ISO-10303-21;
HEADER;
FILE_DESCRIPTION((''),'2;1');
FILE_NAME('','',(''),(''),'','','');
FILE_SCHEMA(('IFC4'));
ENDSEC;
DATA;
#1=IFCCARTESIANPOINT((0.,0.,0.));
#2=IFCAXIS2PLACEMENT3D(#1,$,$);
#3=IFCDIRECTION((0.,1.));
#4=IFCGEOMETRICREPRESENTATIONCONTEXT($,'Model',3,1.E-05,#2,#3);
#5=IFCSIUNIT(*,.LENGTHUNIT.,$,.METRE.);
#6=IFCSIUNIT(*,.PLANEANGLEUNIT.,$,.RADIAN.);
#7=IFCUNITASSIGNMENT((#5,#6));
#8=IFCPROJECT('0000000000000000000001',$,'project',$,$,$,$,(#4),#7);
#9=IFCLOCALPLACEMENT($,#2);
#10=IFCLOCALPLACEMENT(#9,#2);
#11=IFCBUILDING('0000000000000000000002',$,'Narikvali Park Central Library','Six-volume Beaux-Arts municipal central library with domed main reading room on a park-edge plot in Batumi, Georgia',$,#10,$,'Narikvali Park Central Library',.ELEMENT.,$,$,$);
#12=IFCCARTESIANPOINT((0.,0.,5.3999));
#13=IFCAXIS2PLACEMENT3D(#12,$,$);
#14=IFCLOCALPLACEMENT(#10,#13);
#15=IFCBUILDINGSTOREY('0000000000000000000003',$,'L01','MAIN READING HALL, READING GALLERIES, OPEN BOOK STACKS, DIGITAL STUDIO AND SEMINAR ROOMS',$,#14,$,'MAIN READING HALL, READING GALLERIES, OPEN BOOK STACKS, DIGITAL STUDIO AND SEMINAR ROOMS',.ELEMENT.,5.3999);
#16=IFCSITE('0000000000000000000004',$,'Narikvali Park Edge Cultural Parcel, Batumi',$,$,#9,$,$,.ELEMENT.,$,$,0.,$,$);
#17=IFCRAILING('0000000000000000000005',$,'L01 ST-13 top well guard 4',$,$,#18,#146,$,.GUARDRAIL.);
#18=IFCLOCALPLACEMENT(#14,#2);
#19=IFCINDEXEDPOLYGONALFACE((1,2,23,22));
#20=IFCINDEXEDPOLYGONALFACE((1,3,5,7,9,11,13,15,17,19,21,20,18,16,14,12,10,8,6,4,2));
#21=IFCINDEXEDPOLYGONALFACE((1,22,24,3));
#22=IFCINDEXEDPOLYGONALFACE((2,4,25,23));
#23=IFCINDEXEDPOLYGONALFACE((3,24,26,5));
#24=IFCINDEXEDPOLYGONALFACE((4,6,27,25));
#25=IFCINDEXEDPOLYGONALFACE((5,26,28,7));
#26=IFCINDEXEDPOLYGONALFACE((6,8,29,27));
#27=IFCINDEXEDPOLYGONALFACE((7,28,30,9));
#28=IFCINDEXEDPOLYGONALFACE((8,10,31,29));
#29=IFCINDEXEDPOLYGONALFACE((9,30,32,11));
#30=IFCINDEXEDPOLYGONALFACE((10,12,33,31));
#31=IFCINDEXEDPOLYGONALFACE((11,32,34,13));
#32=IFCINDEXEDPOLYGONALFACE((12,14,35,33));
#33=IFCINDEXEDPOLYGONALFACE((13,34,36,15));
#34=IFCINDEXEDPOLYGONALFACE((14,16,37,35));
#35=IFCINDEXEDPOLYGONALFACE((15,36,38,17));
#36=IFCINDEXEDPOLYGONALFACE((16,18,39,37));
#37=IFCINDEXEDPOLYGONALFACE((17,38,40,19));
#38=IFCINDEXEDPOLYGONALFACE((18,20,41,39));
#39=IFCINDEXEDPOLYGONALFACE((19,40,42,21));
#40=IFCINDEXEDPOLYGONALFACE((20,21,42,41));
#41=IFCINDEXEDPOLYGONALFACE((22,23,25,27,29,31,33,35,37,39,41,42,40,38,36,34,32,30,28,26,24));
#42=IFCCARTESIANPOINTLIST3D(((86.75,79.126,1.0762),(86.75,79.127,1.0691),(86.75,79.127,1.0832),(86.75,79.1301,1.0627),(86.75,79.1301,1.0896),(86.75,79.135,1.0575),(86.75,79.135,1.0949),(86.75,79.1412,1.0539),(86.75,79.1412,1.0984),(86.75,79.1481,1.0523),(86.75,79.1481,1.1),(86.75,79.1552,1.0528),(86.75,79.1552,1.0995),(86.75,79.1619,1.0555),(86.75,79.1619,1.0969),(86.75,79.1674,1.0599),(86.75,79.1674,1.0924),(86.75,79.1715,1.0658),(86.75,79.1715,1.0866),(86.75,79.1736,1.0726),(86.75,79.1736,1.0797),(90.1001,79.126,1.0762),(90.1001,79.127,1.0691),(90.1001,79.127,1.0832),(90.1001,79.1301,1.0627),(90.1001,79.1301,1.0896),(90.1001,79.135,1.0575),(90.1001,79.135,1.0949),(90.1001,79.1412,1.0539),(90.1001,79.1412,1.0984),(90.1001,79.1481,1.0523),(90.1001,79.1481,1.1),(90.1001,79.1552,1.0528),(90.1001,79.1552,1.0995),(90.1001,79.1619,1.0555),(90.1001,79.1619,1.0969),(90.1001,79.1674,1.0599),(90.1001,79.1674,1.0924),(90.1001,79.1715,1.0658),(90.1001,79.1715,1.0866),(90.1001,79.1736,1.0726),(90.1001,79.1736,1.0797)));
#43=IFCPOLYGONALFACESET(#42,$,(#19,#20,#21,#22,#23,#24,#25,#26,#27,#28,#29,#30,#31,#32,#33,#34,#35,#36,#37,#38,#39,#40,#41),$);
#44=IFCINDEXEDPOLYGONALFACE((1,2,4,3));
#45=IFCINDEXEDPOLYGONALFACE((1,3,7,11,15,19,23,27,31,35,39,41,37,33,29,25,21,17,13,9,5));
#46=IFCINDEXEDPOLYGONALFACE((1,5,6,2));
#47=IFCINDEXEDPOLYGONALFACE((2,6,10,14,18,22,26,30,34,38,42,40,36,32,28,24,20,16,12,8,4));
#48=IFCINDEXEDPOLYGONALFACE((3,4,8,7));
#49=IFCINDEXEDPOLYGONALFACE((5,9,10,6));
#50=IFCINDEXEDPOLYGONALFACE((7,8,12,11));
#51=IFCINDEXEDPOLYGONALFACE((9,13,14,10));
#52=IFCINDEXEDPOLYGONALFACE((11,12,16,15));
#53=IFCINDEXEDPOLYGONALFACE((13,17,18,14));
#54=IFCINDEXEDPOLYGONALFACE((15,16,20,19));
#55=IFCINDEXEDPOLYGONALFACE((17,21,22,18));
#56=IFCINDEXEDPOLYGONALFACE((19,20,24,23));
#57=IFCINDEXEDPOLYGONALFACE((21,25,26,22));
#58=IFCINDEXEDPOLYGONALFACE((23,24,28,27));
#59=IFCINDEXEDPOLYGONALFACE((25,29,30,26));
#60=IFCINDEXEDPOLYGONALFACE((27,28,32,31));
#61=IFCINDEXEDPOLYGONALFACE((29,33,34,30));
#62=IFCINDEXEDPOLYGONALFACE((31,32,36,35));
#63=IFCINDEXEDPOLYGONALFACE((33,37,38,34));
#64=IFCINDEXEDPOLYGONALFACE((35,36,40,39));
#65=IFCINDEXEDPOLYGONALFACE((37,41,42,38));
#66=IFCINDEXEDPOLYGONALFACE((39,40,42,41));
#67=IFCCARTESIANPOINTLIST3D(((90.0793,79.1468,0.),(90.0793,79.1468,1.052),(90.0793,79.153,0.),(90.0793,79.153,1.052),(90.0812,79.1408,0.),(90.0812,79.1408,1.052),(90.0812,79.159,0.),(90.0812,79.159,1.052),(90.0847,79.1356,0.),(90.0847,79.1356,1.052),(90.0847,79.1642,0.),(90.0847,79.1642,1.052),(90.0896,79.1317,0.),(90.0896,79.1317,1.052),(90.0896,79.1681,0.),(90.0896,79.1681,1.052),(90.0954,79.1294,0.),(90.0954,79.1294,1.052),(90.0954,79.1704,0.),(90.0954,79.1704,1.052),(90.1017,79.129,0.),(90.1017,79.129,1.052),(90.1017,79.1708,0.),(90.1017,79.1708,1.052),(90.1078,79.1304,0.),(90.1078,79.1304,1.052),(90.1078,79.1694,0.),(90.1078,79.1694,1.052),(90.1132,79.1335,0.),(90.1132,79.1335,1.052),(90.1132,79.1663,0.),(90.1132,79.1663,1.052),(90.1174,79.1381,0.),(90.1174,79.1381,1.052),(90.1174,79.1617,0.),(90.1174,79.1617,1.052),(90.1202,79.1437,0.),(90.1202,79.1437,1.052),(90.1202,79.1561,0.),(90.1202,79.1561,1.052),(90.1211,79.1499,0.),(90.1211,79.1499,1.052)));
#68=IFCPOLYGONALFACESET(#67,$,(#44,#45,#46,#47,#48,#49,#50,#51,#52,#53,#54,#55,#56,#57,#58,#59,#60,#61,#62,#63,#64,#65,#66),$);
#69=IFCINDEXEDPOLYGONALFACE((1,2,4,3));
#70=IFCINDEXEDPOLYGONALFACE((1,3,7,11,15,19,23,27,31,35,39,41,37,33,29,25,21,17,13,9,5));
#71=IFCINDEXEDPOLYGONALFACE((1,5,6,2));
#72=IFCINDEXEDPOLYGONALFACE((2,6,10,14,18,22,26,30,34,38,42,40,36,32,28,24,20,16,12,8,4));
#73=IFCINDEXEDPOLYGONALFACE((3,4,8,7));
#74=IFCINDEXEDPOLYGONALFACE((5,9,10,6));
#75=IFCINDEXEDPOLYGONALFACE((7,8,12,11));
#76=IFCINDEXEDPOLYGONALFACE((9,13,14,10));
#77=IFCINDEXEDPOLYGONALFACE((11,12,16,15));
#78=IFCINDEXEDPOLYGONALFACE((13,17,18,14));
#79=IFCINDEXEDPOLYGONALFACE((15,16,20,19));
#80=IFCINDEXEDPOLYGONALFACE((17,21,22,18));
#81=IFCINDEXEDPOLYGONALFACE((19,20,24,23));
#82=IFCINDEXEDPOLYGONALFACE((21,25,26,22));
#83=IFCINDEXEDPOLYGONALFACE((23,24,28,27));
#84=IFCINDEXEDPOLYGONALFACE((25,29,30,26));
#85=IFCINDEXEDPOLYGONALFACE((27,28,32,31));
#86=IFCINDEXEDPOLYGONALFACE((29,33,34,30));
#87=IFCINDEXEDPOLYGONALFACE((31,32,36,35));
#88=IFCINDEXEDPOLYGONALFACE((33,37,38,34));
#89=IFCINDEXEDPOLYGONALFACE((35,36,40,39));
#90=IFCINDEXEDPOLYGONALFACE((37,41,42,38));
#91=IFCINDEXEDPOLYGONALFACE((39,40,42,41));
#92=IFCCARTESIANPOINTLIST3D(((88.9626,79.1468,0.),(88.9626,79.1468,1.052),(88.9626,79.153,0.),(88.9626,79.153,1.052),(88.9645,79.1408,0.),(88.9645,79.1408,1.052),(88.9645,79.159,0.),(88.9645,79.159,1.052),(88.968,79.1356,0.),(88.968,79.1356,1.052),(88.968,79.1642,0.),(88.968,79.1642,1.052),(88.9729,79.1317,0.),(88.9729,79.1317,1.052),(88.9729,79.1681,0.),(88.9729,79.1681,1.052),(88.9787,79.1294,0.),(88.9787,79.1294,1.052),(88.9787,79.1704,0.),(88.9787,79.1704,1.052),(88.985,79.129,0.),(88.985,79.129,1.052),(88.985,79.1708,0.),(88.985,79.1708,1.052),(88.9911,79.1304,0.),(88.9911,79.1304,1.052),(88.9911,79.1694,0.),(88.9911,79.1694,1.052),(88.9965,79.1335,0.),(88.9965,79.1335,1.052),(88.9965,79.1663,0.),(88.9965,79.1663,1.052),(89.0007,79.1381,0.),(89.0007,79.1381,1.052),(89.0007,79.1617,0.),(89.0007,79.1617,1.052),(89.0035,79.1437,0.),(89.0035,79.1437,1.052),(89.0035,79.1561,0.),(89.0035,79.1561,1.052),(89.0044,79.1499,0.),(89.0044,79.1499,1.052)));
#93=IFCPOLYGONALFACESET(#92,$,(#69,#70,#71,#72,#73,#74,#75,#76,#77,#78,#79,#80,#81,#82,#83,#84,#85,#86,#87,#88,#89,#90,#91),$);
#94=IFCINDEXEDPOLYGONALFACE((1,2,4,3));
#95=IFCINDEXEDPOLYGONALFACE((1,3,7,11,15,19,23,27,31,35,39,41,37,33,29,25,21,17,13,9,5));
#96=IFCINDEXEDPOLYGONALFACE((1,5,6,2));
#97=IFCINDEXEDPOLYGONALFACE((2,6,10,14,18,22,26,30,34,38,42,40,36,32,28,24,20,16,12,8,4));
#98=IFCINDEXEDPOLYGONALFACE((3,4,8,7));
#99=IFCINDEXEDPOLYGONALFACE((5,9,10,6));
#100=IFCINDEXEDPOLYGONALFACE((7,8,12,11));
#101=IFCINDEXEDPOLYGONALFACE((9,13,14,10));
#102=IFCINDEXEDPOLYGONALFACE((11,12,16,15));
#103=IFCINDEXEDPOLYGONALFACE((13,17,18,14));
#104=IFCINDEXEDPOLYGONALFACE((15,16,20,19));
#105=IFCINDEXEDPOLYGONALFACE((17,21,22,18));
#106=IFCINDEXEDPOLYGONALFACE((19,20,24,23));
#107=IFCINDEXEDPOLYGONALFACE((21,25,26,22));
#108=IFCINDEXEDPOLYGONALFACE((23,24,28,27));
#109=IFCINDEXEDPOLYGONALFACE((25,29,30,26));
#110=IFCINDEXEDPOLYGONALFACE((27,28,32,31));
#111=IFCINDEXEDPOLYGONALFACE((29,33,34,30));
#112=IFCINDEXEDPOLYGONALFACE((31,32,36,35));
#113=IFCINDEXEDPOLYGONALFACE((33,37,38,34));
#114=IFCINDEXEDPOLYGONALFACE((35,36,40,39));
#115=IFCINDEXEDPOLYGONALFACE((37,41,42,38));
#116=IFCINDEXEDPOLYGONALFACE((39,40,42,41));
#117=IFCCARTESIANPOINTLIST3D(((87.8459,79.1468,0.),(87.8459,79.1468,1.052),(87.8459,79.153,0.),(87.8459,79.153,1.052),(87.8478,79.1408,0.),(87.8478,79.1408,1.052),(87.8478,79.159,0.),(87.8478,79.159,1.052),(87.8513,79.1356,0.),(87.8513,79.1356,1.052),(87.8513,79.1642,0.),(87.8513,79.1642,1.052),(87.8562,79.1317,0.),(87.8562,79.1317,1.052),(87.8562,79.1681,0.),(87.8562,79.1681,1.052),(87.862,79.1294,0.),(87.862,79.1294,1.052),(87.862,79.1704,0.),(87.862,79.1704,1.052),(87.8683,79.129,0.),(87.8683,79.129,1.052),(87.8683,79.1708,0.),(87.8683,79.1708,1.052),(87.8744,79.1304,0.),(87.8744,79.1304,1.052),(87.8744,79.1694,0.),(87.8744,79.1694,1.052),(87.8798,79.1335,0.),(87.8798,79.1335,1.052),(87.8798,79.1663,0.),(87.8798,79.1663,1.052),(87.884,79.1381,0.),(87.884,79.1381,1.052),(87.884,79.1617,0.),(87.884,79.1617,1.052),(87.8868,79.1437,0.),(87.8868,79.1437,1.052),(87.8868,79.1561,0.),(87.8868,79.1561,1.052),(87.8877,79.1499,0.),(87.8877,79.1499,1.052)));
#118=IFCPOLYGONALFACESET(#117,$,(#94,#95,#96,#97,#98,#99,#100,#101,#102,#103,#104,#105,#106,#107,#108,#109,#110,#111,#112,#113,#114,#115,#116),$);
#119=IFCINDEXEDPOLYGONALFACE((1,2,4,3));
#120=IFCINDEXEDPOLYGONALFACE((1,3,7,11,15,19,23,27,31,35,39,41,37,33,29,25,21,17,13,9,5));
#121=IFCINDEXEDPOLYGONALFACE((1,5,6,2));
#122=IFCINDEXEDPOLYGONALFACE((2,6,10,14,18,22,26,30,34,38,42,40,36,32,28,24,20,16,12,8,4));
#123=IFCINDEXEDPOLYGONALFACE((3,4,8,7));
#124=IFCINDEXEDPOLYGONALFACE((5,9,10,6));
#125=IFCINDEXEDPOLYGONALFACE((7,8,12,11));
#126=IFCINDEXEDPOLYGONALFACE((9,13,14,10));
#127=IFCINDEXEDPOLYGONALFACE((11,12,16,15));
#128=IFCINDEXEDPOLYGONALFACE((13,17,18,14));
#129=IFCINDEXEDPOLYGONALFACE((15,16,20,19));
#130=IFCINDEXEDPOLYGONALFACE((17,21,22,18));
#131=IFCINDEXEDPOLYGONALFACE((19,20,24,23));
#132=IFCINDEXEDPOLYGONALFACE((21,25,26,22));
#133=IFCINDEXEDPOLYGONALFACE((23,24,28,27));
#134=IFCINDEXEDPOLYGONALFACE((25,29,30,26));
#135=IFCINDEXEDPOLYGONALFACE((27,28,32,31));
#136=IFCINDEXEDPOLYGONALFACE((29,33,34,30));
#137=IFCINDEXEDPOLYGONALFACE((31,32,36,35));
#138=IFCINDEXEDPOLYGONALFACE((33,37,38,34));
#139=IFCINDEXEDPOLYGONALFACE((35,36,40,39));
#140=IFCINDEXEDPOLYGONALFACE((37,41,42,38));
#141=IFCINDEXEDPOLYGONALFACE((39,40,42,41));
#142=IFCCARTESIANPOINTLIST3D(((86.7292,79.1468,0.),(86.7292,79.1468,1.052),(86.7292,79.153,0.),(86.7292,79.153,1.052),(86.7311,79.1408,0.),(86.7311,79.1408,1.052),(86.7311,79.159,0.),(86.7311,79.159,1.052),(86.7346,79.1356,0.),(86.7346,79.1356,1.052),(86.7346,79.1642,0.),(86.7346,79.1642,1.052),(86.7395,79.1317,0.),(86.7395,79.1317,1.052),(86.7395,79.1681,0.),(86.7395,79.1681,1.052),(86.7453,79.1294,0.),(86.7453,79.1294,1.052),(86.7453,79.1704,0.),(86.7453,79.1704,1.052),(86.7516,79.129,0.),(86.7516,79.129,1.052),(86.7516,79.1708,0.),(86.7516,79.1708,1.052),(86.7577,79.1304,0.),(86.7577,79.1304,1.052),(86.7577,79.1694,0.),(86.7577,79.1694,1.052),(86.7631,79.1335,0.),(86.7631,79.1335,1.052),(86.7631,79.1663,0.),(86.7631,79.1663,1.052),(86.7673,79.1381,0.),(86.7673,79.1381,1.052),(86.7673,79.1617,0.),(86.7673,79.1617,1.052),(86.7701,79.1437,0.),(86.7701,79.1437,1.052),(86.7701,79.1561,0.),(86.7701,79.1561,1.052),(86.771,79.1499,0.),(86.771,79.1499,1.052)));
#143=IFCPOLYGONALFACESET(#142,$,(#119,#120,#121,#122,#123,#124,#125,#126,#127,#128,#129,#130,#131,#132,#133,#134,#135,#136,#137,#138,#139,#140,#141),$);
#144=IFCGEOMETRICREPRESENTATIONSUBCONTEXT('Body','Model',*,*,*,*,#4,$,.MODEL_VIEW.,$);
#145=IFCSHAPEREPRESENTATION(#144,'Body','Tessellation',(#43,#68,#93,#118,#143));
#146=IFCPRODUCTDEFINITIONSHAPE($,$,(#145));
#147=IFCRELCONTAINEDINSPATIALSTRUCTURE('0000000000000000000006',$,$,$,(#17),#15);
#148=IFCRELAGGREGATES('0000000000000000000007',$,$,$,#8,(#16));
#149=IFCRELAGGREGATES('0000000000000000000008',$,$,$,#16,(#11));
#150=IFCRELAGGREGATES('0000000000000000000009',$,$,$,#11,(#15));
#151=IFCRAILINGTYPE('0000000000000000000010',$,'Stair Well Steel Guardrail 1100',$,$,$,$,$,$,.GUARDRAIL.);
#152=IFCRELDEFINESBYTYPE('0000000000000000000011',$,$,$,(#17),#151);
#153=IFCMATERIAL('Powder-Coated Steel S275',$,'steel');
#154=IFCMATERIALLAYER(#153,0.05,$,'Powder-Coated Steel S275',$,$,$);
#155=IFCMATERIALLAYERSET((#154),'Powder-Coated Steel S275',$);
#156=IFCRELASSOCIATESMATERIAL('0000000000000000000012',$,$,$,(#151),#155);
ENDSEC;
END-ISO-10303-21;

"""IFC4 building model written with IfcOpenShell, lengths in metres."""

from ifc_helpers import new_model, si_unit, direction, frame, origin, origin_2d, place, context, subcontext, project, spatial, circle, extrude, material, layer, layer_set, type_object, element, save


model = new_model("IFC4")

# Units and contexts
model_context = context("Model", 3, precision=1e-05, world=origin(), true_north=direction((0.0, 1.0)))
body_context = subcontext(model_context, "Body", "Model", "MODEL_VIEW")
ifc_project = project(units=[si_unit("LENGTHUNIT", "METRE"), si_unit("PLANEANGLEUNIT", "RADIAN")], contexts=[model_context])

# Site, building, storey
site_placement = place(None, origin())
site = spatial("IfcSite", under=ifc_project, at=site_placement, Name="Narikvali Park Edge Cultural Parcel, Batumi", CompositionType="ELEMENT", RefElevation=0.0)
building_placement = place(site_placement, origin())
building = spatial("IfcBuilding", under=site, at=building_placement, Name="Narikvali Park Central Library", Description="Six-volume Beaux-Arts municipal central library with domed main reading room on a park-edge plot in Batumi, Georgia", LongName="Narikvali Park Central Library", CompositionType="ELEMENT")
storey_placement = place(building_placement, frame((0.0, 0.0, 5.3999)))
storey = spatial("IfcBuildingStorey", under=building, at=storey_placement, Name="L01", Description="MAIN READING HALL, READING GALLERIES, OPEN BOOK STACKS, DIGITAL STUDIO AND SEMINAR ROOMS", LongName="MAIN READING HALL, READING GALLERIES, OPEN BOOK STACKS, DIGITAL STUDIO AND SEMINAR ROOMS", CompositionType="ELEMENT", Elevation=5.3999)

# Railing
ifc_material_1 = material(Name="Powder-Coated Steel S275", Category="steel")
ifc_layer_1 = layer(ifc_material_1, 0.05, Name="Powder-Coated Steel S275")
ifc_layer_set_1 = layer_set([ifc_layer_1], Name="Powder-Coated Steel S275")
railing_type = type_object("IfcRailingType", Name="Stair Well Steel Guardrail 1100", PredefinedType="GUARDRAIL", material=ifc_layer_set_1)
railing_1_placement = place(storey_placement, frame((90.1001, 79.1499, 0.0)))
element("IfcRailing", 1, at=railing_1_placement, inside=storey, type_object=railing_type, Name="L01 ST-13 top well guard 4", PredefinedType="GUARDRAIL", context=body_context, shape_type="SweptSolid", body=[
    extrude(circle(Radius=0.0239, at=origin_2d()), frame((0.0, 0.0, 1.0762), z_axis=(-1.0, 0.0, 0.0), x_axis=(0.0, -1.0, 0.0)), (0.0, 0.0, 1.0), 3.3501),
    extrude(circle(Radius=0.021, at=origin_2d()), origin(), (0.0, 0.0, 1.0), 1.052),
    extrude(circle(Radius=0.021, at=origin_2d()), frame((-1.1167, 0.0, 0.0)), (0.0, 0.0, 1.0), 1.052),
    extrude(circle(Radius=0.021, at=origin_2d()), frame((-2.2334, 0.0, 0.0)), (0.0, 0.0, 1.0), 1.052),
    extrude(circle(Radius=0.021, at=origin_2d()), frame((-3.3501, 0.0, 0.0)), (0.0, 0.0, 1.0), 1.052),
])

save(model, "model.ifc")
